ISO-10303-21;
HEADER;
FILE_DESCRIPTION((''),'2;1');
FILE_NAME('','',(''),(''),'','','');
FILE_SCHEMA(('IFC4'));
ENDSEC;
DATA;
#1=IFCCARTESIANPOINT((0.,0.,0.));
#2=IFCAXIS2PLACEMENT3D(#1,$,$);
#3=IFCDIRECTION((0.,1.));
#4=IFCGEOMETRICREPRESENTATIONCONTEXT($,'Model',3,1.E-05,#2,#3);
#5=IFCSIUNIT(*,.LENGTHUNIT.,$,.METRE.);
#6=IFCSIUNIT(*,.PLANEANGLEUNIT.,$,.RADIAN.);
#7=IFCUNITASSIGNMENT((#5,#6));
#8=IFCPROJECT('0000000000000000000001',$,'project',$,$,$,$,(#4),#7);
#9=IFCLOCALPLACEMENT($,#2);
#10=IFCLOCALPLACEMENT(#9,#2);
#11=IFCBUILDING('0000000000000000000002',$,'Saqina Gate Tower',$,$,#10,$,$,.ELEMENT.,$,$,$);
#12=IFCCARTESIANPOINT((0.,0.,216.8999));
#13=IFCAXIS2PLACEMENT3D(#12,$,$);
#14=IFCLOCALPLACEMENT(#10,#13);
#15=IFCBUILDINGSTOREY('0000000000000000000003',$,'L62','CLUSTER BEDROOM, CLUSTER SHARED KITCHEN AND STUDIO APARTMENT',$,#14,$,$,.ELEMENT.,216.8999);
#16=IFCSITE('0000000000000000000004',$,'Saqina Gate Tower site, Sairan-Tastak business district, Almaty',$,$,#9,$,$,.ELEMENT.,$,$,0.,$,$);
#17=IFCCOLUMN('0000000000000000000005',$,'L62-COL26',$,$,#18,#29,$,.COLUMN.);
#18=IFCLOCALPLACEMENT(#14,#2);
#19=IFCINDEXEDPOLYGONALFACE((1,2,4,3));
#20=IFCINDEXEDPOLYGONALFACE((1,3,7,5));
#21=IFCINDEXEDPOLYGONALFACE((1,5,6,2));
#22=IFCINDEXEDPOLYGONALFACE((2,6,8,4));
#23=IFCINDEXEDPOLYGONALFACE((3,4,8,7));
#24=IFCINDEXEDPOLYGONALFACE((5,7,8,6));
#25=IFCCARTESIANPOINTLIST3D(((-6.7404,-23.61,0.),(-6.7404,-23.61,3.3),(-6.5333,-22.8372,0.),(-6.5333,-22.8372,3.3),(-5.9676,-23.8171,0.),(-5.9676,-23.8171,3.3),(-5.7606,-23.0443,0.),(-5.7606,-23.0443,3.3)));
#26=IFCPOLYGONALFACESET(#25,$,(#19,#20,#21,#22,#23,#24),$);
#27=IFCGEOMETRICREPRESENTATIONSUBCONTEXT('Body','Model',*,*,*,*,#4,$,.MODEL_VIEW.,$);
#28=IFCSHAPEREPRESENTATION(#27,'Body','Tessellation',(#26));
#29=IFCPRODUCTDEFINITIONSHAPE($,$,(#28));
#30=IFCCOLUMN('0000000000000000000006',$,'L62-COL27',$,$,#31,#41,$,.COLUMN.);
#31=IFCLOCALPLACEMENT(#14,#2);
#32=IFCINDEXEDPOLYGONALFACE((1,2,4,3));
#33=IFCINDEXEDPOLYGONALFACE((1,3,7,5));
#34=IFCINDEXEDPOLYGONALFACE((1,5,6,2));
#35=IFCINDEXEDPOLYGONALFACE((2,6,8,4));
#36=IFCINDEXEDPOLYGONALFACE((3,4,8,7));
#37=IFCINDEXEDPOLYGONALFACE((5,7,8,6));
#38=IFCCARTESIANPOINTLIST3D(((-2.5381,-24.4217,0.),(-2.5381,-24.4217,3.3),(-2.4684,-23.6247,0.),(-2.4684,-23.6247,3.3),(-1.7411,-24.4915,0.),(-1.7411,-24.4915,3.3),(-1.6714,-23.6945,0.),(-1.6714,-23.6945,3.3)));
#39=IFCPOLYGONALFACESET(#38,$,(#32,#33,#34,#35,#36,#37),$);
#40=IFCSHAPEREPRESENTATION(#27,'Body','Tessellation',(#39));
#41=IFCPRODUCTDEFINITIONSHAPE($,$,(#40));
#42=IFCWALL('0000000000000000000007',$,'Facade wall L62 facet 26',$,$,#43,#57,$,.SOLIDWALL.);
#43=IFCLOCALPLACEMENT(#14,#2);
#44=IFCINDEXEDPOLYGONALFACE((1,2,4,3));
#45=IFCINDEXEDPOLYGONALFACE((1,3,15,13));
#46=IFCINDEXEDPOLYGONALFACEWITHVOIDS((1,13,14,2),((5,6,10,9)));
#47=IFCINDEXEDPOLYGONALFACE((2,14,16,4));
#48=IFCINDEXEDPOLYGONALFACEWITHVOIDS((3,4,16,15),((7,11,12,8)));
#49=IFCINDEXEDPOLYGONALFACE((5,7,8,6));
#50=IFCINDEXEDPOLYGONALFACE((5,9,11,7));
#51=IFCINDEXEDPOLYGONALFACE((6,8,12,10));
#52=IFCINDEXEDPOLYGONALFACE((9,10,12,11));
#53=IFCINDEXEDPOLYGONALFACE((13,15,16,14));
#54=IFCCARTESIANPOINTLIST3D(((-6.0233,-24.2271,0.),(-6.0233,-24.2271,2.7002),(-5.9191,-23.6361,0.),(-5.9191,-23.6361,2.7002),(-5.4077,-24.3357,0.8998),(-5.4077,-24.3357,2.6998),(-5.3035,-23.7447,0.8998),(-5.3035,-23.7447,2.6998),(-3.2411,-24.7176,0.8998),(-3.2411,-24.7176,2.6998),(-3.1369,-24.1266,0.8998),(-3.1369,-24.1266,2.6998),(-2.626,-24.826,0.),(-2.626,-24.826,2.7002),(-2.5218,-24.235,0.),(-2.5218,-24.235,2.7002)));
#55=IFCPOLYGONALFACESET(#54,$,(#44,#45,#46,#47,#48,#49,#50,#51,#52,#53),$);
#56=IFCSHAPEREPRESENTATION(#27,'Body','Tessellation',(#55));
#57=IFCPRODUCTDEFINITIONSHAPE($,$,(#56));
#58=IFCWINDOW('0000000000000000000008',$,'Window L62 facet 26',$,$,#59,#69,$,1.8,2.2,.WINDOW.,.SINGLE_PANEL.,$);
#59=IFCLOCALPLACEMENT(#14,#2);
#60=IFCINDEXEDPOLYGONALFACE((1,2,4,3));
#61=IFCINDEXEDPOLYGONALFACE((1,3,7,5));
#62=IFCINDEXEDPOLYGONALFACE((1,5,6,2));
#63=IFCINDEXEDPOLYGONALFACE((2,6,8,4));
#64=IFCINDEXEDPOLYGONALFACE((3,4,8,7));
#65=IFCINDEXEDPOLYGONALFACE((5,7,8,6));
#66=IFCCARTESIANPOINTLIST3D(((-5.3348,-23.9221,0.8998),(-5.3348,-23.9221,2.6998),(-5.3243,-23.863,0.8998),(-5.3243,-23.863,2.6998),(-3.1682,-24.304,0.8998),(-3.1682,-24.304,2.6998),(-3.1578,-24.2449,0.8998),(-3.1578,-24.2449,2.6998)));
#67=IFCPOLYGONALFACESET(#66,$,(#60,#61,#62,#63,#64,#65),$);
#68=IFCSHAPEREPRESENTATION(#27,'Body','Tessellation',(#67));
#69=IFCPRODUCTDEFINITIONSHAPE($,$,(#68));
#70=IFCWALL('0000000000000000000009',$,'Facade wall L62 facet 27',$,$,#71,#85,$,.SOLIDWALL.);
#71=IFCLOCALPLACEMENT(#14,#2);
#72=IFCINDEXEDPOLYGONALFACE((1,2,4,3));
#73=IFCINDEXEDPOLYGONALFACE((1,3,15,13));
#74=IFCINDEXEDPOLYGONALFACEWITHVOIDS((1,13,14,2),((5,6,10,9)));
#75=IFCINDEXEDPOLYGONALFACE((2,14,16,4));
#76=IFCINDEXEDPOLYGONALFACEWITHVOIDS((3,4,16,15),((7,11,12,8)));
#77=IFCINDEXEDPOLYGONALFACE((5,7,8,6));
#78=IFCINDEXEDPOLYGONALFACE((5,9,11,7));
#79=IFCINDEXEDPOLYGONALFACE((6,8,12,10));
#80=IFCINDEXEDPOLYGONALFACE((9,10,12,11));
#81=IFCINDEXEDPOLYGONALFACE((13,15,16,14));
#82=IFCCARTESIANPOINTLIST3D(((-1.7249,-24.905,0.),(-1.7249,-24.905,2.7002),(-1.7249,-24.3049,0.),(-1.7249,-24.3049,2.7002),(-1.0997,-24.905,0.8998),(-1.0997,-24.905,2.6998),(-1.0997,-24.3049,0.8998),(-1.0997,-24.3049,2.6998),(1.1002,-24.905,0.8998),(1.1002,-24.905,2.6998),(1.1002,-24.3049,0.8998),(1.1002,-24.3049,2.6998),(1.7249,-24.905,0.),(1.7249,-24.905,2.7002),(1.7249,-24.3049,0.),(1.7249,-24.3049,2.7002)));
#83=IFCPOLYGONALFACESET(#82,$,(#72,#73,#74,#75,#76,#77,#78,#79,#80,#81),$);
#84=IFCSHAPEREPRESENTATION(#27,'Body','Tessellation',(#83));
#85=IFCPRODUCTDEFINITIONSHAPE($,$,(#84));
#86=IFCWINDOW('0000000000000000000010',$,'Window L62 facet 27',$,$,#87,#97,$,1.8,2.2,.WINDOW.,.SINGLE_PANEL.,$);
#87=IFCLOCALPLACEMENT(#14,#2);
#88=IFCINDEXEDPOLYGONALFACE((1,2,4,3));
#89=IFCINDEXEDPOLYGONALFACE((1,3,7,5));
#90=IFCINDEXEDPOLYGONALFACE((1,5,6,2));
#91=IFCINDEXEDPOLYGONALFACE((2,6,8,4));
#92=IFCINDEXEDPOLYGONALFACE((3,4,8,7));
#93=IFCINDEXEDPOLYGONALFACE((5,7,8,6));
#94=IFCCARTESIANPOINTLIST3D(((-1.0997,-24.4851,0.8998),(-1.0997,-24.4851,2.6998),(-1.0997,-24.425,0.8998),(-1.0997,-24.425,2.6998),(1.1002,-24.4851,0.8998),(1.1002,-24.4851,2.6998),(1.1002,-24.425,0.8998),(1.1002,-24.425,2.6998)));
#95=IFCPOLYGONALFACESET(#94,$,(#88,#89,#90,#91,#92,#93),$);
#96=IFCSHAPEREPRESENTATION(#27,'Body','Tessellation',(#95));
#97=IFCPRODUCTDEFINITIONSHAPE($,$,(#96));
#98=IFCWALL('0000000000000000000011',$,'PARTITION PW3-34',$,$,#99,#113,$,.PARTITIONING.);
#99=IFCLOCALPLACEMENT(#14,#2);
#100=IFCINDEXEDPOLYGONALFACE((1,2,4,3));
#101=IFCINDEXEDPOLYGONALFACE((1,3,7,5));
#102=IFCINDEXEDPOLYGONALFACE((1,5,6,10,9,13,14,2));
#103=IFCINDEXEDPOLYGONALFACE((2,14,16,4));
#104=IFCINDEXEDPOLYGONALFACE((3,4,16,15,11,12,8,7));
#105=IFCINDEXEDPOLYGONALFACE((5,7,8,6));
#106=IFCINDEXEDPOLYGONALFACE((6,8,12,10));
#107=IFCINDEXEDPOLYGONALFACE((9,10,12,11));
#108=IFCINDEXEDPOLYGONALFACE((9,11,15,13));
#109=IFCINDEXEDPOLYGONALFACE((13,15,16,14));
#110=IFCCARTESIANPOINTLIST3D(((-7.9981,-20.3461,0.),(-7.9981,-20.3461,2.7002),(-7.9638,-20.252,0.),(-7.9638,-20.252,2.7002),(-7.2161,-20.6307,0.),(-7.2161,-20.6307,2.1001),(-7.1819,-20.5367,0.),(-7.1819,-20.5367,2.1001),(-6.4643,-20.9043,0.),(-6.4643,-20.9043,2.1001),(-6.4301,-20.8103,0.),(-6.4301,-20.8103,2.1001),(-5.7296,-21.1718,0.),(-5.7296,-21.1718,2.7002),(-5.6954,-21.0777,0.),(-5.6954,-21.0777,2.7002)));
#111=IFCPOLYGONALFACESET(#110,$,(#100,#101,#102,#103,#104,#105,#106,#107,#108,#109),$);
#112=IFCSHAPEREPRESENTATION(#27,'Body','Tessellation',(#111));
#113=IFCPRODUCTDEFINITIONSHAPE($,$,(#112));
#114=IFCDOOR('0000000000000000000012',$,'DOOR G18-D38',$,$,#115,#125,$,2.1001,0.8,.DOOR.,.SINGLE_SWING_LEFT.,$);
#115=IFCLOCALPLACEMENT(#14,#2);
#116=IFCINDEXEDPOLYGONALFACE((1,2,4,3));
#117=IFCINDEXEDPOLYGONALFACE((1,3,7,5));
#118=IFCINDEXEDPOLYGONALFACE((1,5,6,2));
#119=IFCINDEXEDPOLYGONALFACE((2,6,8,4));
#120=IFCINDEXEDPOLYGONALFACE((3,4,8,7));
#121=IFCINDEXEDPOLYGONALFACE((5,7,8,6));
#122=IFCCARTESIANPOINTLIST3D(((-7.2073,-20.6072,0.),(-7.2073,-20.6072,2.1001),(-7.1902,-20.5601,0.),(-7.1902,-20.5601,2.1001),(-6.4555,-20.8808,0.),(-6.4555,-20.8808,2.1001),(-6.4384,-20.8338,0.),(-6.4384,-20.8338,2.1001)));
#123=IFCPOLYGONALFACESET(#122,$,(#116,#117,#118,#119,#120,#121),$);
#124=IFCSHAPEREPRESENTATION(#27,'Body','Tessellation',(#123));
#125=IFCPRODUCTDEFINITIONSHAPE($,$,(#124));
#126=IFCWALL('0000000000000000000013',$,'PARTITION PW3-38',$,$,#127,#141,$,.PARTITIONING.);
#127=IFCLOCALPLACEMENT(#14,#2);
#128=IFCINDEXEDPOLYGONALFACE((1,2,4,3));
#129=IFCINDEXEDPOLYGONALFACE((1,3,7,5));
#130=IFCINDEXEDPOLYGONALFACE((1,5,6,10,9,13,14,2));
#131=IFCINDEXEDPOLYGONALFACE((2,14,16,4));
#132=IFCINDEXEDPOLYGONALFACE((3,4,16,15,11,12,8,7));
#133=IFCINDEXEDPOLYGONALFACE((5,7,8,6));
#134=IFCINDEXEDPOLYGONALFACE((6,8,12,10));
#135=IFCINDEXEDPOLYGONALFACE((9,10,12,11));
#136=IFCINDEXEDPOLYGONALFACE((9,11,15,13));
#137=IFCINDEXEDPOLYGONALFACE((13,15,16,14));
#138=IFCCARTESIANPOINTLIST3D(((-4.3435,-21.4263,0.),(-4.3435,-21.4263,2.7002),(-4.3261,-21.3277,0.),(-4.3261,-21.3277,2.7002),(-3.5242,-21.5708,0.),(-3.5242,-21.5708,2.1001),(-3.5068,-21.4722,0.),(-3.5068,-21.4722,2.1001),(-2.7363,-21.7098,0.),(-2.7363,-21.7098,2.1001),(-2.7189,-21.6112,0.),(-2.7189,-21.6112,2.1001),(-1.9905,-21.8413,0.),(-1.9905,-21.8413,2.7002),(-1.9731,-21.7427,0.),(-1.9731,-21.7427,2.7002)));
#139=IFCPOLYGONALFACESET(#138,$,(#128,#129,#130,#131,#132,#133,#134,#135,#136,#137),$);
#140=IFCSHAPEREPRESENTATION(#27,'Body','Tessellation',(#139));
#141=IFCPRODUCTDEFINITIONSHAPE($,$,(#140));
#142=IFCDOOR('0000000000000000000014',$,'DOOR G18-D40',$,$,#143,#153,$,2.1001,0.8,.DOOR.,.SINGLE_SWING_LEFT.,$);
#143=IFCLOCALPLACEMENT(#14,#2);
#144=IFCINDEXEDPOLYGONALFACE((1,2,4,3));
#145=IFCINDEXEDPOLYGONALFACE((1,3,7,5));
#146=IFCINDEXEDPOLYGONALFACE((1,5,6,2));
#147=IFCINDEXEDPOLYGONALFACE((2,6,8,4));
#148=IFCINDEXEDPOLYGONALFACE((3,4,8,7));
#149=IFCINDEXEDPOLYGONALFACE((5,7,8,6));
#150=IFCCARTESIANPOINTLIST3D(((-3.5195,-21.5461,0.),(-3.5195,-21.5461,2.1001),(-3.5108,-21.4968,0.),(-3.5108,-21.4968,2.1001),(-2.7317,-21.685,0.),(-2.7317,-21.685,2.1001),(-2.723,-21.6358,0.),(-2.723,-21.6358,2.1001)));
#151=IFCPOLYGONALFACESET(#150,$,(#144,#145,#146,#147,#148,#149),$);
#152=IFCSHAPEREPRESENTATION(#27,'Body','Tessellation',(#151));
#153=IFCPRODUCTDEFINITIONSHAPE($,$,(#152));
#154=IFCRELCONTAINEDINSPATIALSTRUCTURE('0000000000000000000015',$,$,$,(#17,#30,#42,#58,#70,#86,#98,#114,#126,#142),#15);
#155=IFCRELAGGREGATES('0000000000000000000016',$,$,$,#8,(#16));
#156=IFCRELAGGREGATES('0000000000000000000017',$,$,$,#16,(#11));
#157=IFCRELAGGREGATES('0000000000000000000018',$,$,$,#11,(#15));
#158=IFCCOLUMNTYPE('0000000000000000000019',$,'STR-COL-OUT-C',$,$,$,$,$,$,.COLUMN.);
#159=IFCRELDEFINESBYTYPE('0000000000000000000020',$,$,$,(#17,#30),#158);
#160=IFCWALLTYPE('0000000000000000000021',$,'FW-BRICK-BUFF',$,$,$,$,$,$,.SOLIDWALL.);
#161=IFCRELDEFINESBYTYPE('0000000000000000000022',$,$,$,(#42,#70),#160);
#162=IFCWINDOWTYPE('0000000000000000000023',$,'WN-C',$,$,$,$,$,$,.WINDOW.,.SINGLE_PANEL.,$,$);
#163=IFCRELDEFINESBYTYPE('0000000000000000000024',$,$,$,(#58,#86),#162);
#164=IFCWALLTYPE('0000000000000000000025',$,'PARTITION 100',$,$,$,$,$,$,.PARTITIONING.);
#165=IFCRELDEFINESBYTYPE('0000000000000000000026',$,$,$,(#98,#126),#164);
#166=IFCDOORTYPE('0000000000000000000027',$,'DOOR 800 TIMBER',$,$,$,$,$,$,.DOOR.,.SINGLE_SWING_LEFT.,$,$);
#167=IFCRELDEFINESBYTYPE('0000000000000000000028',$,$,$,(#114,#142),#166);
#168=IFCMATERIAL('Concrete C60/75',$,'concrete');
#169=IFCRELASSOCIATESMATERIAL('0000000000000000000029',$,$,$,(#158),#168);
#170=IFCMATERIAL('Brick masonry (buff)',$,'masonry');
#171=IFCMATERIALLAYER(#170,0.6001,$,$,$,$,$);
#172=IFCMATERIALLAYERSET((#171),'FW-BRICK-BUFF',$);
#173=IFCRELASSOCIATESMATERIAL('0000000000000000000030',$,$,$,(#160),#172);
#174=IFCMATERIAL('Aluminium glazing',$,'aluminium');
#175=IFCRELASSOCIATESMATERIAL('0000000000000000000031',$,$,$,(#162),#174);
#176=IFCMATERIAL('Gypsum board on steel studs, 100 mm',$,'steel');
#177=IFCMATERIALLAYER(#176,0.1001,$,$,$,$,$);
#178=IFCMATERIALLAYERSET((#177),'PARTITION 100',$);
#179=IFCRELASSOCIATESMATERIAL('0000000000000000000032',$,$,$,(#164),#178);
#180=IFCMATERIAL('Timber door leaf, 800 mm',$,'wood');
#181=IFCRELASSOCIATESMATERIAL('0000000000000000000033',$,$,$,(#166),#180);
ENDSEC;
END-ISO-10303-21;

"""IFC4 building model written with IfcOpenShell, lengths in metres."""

from ifc_helpers import new_model, si_unit, direction, frame, frame_2d, origin, origin_2d, place, context, subcontext, project, spatial, rectangle, extrude, material, layer, layer_set, material_profile, profile_set, type_object, element, fill, save


model = new_model("IFC4")

# Units and contexts
model_context = context("Model", 3, precision=1e-05, world=origin(), true_north=direction((0.0, 1.0)))
body_context = subcontext(model_context, "Body", "Model", "MODEL_VIEW")
ifc_project = project(units=[si_unit("LENGTHUNIT", "METRE"), si_unit("PLANEANGLEUNIT", "RADIAN")], contexts=[model_context])

# Site, building, storey
site_placement = place(None, origin())
site = spatial("IfcSite", under=ifc_project, at=site_placement, Name="Saqina Gate Tower site, Sairan-Tastak business district, Almaty", CompositionType="ELEMENT", RefElevation=0.0)
building_placement = place(site_placement, origin())
building = spatial("IfcBuilding", under=site, at=building_placement, Name="Saqina Gate Tower", CompositionType="ELEMENT")
storey_placement = place(building_placement, frame((0.0, 0.0, 216.8999)))
storey = spatial("IfcBuildingStorey", under=building, at=storey_placement, Name="L62", Description="CLUSTER BEDROOM, CLUSTER SHARED KITCHEN AND STUDIO APARTMENT", CompositionType="ELEMENT", Elevation=216.8999)

# Columns
ifc_material_1 = material(Name="Concrete C60/75", Category="concrete")
ifc_material_profile = material_profile(ifc_material_1, rectangle(XDim=0.8, YDim=0.8, at=origin_2d()), Name="RC 800x800")
ifc_profile_set = profile_set([ifc_material_profile], Name="Concrete C60/75")
column_type = type_object("IfcColumnType", Name="STR-COL-OUT-C", PredefinedType="COLUMN", material=ifc_profile_set)
for number, where, z_axis, x_axis, name in (
    (1, (-6.2505, -23.3271, 0.0), (0.0, 0.0, 1.0), (-0.258819, -0.965926, 0.0), "L62-COL26"),
    (2, (-2.1047, -24.0581, 0.0), (0.0, 0.0, 1.0), (-0.087156, -0.996195, 0.0), "L62-COL27"),
):
    element("IfcColumn", number, at=place(storey_placement, frame(where, z_axis=z_axis, x_axis=x_axis)), inside=storey, type_object=column_type, Name=name, PredefinedType="COLUMN", context=body_context, shape_type="SweptSolid", body=[
        extrude(rectangle(XDim=0.8, YDim=0.8, at=origin_2d()), origin(), (0.0, 0.0, 1.0), 3.3),
    ])

# Walls, openings, windows
ifc_material_2 = material(Name="Brick masonry (buff)", Category="masonry")
ifc_layer_1 = layer(ifc_material_2, 0.6001)
ifc_layer_set_1 = layer_set([ifc_layer_1], Name="FW-BRICK-BUFF")
wall_type_1 = type_object("IfcWallType", Name="FW-BRICK-BUFF", PredefinedType="SOLIDWALL", material=ifc_layer_set_1)
wall_1_placement = place(storey_placement, frame((-5.9712, -23.9316, 0.0), z_axis=(0.0, 0.0, 1.0), x_axis=(0.984815, -0.173608, 0.0)))
wall_1 = element("IfcWall", 3, at=wall_1_placement, inside=storey, type_object=wall_type_1, Name="Facade wall L62 facet 26", PredefinedType="SOLIDWALL", context=body_context, shape_type="SweptSolid", body=[
    extrude(rectangle(XDim=3.4497, YDim=0.6001, at=frame_2d((1.7249, 0.0))), origin(), (0.0, 0.0, 1.0), 2.7002),
])
opening_1_placement = place(wall_1_placement, frame((0.625, 0.0, 0.8999)))
opening_1 = element("IfcOpeningElement", 4, at=opening_1_placement, cuts=wall_1, PredefinedType="OPENING", context=body_context, shape_type="SweptSolid", body=[
    extrude(rectangle(XDim=2.2, YDim=1.8, at=frame_2d((1.1001, 0.8999))), frame((0.0, 0.312, 0.0), z_axis=(0.0, -1.0, 0.0), x_axis=(1.0, 0.0, 0.0)), (0.0, 0.0, 1.0), 0.624),
])
ifc_material_3 = material(Name="Aluminium glazing", Category="aluminium")
window_type = type_object("IfcWindowType", Name="WN-C", PartitioningType="SINGLE_PANEL", PredefinedType="WINDOW", material=ifc_material_3)
window_1_placement = place(opening_1_placement, origin())
window_1 = element("IfcWindow", 5, at=window_1_placement, inside=storey, type_object=window_type, Name="Window L62 facet 26", OverallHeight=1.8, OverallWidth=2.2, PartitioningType="SINGLE_PANEL", PredefinedType="WINDOW", context=body_context, shape_type="SweptSolid", body=[
    extrude(rectangle(XDim=2.2, YDim=1.8, at=frame_2d((1.1001, 0.8999))), frame((0.0, 0.1799, 0.0), z_axis=(0.0, -1.0, 0.0), x_axis=(1.0, 0.0, 0.0)), (0.0, 0.0, 1.0), 0.0601),
])
fill(opening_1, window_1)
wall_2_placement = place(storey_placement, frame((-1.7249, -24.605, 0.0), z_axis=(0.0, 0.0, 1.0), x_axis=(1.0, 0.0, 0.0)))
wall_2 = element("IfcWall", 6, at=wall_2_placement, inside=storey, type_object=wall_type_1, Name="Facade wall L62 facet 27", PredefinedType="SOLIDWALL", context=body_context, shape_type="SweptSolid", body=[
    extrude(rectangle(XDim=3.4497, YDim=0.6001, at=frame_2d((1.7249, 0.0))), origin(), (0.0, 0.0, 1.0), 2.7002),
])
opening_2_placement = place(wall_2_placement, frame((0.625, 0.0, 0.8999)))
opening_2 = element("IfcOpeningElement", 7, at=opening_2_placement, cuts=wall_2, PredefinedType="OPENING", context=body_context, shape_type="SweptSolid", body=[
    extrude(rectangle(XDim=2.2, YDim=1.8, at=frame_2d((1.1001, 0.8999))), frame((0.0, 0.312, 0.0), z_axis=(0.0, -1.0, 0.0), x_axis=(1.0, 0.0, 0.0)), (0.0, 0.0, 1.0), 0.624),
])
window_2_placement = place(opening_2_placement, origin())
window_2 = element("IfcWindow", 8, at=window_2_placement, inside=storey, type_object=window_type, Name="Window L62 facet 27", OverallHeight=1.8, OverallWidth=2.2, PartitioningType="SINGLE_PANEL", PredefinedType="WINDOW", context=body_context, shape_type="SweptSolid", body=[
    extrude(rectangle(XDim=2.2, YDim=1.8, at=frame_2d((1.1001, 0.8999))), frame((0.0, 0.1799, 0.0), z_axis=(0.0, -1.0, 0.0), x_axis=(1.0, 0.0, 0.0)), (0.0, 0.0, 1.0), 0.0601),
])
fill(opening_2, window_2)

# Walls, openings, doors
ifc_material_4 = material(Name="Gypsum board on steel studs, 100 mm", Category="steel")
ifc_layer_2 = layer(ifc_material_4, 0.1001)
ifc_layer_set_2 = layer_set([ifc_layer_2], Name="PARTITION 100")
wall_type_2 = type_object("IfcWallType", Name="PARTITION 100", PredefinedType="PARTITIONING", material=ifc_layer_set_2)
wall_3_placement = place(storey_placement, frame((-7.981, -20.2991, 0.0), z_axis=(0.0, 0.0, 1.0), x_axis=(0.939693, -0.342019, 0.0)))
wall_3 = element("IfcWall", 9, at=wall_3_placement, inside=storey, type_object=wall_type_2, Name="PARTITION PW3-34", PredefinedType="PARTITIONING", context=body_context, shape_type="SweptSolid", body=[
    extrude(rectangle(XDim=2.4141, YDim=0.1001, at=frame_2d((1.207, 0.0))), origin(), (0.0, 0.0, 1.0), 2.7002),
])
opening_3_placement = place(wall_3_placement, frame((0.8323, 0.0, 0.0)))
opening_3 = element("IfcOpeningElement", 10, at=opening_3_placement, cuts=wall_3, PredefinedType="OPENING", context=body_context, shape_type="SweptSolid", body=[
    extrude(rectangle(XDim=0.8, YDim=2.1001, at=frame_2d((0.3999, 1.05))), frame((0.0, 0.062, 0.0), z_axis=(0.0, -1.0, 0.0), x_axis=(1.0, 0.0, 0.0)), (0.0, 0.0, 1.0), 0.124),
])
ifc_material_5 = material(Name="Timber door leaf, 800 mm", Category="wood")
door_type = type_object("IfcDoorType", Name="DOOR 800 TIMBER", OperationType="SINGLE_SWING_LEFT", PredefinedType="DOOR", material=ifc_material_5)
door_1_placement = place(opening_3_placement, frame((0.8, 0.0, 0.0), z_axis=(0.0, 0.0, 1.0), x_axis=(-1.0, 0.0, 0.0)))
door_1 = element("IfcDoor", 11, at=door_1_placement, inside=storey, type_object=door_type, Name="DOOR G18-D38", OperationType="SINGLE_SWING_LEFT", OverallHeight=2.1001, OverallWidth=0.8, PredefinedType="DOOR", context=body_context, shape_type="SweptSolid", body=[
    extrude(rectangle(XDim=0.8, YDim=2.1001, at=frame_2d((0.3999, 1.05))), frame((0.0, 0.0249, 0.0), z_axis=(0.0, -1.0, 0.0), x_axis=(1.0, 0.0, 0.0)), (0.0, 0.0, 1.0), 0.05),
])
fill(opening_3, door_1)
wall_4_placement = place(storey_placement, frame((-4.335, -21.377, 0.0), z_axis=(0.0, 0.0, 1.0), x_axis=(0.984798, -0.173704, 0.0)))
wall_4 = element("IfcWall", 12, at=wall_4_placement, inside=storey, type_object=wall_type_2, Name="PARTITION PW3-38", PredefinedType="PARTITIONING", context=body_context, shape_type="SweptSolid", body=[
    extrude(rectangle(XDim=2.3894, YDim=0.1001, at=frame_2d((1.1948, 0.0))), origin(), (0.0, 0.0, 1.0), 2.7002),
])
opening_4_placement = place(wall_4_placement, frame((0.8323, 0.0, 0.0)))
opening_4 = element("IfcOpeningElement", 13, at=opening_4_placement, cuts=wall_4, PredefinedType="OPENING", context=body_context, shape_type="SweptSolid", body=[
    extrude(rectangle(XDim=0.8, YDim=2.1001, at=frame_2d((0.3999, 1.05))), frame((0.0, 0.062, 0.0), z_axis=(0.0, -1.0, 0.0), x_axis=(1.0, 0.0, 0.0)), (0.0, 0.0, 1.0), 0.124),
])
door_2_placement = place(opening_4_placement, frame((0.8, 0.0, 0.0), z_axis=(0.0, 0.0, 1.0), x_axis=(-1.0, 0.0, 0.0)))
door_2 = element("IfcDoor", 14, at=door_2_placement, inside=storey, type_object=door_type, Name="DOOR G18-D40", OperationType="SINGLE_SWING_LEFT", OverallHeight=2.1001, OverallWidth=0.8, PredefinedType="DOOR", context=body_context, shape_type="SweptSolid", body=[
    extrude(rectangle(XDim=0.8, YDim=2.1001, at=frame_2d((0.3999, 1.05))), frame((0.0, 0.0249, 0.0), z_axis=(0.0, -1.0, 0.0), x_axis=(1.0, 0.0, 0.0)), (0.0, 0.0, 1.0), 0.05),
])
fill(opening_4, door_2)

save(model, "model.ifc")
